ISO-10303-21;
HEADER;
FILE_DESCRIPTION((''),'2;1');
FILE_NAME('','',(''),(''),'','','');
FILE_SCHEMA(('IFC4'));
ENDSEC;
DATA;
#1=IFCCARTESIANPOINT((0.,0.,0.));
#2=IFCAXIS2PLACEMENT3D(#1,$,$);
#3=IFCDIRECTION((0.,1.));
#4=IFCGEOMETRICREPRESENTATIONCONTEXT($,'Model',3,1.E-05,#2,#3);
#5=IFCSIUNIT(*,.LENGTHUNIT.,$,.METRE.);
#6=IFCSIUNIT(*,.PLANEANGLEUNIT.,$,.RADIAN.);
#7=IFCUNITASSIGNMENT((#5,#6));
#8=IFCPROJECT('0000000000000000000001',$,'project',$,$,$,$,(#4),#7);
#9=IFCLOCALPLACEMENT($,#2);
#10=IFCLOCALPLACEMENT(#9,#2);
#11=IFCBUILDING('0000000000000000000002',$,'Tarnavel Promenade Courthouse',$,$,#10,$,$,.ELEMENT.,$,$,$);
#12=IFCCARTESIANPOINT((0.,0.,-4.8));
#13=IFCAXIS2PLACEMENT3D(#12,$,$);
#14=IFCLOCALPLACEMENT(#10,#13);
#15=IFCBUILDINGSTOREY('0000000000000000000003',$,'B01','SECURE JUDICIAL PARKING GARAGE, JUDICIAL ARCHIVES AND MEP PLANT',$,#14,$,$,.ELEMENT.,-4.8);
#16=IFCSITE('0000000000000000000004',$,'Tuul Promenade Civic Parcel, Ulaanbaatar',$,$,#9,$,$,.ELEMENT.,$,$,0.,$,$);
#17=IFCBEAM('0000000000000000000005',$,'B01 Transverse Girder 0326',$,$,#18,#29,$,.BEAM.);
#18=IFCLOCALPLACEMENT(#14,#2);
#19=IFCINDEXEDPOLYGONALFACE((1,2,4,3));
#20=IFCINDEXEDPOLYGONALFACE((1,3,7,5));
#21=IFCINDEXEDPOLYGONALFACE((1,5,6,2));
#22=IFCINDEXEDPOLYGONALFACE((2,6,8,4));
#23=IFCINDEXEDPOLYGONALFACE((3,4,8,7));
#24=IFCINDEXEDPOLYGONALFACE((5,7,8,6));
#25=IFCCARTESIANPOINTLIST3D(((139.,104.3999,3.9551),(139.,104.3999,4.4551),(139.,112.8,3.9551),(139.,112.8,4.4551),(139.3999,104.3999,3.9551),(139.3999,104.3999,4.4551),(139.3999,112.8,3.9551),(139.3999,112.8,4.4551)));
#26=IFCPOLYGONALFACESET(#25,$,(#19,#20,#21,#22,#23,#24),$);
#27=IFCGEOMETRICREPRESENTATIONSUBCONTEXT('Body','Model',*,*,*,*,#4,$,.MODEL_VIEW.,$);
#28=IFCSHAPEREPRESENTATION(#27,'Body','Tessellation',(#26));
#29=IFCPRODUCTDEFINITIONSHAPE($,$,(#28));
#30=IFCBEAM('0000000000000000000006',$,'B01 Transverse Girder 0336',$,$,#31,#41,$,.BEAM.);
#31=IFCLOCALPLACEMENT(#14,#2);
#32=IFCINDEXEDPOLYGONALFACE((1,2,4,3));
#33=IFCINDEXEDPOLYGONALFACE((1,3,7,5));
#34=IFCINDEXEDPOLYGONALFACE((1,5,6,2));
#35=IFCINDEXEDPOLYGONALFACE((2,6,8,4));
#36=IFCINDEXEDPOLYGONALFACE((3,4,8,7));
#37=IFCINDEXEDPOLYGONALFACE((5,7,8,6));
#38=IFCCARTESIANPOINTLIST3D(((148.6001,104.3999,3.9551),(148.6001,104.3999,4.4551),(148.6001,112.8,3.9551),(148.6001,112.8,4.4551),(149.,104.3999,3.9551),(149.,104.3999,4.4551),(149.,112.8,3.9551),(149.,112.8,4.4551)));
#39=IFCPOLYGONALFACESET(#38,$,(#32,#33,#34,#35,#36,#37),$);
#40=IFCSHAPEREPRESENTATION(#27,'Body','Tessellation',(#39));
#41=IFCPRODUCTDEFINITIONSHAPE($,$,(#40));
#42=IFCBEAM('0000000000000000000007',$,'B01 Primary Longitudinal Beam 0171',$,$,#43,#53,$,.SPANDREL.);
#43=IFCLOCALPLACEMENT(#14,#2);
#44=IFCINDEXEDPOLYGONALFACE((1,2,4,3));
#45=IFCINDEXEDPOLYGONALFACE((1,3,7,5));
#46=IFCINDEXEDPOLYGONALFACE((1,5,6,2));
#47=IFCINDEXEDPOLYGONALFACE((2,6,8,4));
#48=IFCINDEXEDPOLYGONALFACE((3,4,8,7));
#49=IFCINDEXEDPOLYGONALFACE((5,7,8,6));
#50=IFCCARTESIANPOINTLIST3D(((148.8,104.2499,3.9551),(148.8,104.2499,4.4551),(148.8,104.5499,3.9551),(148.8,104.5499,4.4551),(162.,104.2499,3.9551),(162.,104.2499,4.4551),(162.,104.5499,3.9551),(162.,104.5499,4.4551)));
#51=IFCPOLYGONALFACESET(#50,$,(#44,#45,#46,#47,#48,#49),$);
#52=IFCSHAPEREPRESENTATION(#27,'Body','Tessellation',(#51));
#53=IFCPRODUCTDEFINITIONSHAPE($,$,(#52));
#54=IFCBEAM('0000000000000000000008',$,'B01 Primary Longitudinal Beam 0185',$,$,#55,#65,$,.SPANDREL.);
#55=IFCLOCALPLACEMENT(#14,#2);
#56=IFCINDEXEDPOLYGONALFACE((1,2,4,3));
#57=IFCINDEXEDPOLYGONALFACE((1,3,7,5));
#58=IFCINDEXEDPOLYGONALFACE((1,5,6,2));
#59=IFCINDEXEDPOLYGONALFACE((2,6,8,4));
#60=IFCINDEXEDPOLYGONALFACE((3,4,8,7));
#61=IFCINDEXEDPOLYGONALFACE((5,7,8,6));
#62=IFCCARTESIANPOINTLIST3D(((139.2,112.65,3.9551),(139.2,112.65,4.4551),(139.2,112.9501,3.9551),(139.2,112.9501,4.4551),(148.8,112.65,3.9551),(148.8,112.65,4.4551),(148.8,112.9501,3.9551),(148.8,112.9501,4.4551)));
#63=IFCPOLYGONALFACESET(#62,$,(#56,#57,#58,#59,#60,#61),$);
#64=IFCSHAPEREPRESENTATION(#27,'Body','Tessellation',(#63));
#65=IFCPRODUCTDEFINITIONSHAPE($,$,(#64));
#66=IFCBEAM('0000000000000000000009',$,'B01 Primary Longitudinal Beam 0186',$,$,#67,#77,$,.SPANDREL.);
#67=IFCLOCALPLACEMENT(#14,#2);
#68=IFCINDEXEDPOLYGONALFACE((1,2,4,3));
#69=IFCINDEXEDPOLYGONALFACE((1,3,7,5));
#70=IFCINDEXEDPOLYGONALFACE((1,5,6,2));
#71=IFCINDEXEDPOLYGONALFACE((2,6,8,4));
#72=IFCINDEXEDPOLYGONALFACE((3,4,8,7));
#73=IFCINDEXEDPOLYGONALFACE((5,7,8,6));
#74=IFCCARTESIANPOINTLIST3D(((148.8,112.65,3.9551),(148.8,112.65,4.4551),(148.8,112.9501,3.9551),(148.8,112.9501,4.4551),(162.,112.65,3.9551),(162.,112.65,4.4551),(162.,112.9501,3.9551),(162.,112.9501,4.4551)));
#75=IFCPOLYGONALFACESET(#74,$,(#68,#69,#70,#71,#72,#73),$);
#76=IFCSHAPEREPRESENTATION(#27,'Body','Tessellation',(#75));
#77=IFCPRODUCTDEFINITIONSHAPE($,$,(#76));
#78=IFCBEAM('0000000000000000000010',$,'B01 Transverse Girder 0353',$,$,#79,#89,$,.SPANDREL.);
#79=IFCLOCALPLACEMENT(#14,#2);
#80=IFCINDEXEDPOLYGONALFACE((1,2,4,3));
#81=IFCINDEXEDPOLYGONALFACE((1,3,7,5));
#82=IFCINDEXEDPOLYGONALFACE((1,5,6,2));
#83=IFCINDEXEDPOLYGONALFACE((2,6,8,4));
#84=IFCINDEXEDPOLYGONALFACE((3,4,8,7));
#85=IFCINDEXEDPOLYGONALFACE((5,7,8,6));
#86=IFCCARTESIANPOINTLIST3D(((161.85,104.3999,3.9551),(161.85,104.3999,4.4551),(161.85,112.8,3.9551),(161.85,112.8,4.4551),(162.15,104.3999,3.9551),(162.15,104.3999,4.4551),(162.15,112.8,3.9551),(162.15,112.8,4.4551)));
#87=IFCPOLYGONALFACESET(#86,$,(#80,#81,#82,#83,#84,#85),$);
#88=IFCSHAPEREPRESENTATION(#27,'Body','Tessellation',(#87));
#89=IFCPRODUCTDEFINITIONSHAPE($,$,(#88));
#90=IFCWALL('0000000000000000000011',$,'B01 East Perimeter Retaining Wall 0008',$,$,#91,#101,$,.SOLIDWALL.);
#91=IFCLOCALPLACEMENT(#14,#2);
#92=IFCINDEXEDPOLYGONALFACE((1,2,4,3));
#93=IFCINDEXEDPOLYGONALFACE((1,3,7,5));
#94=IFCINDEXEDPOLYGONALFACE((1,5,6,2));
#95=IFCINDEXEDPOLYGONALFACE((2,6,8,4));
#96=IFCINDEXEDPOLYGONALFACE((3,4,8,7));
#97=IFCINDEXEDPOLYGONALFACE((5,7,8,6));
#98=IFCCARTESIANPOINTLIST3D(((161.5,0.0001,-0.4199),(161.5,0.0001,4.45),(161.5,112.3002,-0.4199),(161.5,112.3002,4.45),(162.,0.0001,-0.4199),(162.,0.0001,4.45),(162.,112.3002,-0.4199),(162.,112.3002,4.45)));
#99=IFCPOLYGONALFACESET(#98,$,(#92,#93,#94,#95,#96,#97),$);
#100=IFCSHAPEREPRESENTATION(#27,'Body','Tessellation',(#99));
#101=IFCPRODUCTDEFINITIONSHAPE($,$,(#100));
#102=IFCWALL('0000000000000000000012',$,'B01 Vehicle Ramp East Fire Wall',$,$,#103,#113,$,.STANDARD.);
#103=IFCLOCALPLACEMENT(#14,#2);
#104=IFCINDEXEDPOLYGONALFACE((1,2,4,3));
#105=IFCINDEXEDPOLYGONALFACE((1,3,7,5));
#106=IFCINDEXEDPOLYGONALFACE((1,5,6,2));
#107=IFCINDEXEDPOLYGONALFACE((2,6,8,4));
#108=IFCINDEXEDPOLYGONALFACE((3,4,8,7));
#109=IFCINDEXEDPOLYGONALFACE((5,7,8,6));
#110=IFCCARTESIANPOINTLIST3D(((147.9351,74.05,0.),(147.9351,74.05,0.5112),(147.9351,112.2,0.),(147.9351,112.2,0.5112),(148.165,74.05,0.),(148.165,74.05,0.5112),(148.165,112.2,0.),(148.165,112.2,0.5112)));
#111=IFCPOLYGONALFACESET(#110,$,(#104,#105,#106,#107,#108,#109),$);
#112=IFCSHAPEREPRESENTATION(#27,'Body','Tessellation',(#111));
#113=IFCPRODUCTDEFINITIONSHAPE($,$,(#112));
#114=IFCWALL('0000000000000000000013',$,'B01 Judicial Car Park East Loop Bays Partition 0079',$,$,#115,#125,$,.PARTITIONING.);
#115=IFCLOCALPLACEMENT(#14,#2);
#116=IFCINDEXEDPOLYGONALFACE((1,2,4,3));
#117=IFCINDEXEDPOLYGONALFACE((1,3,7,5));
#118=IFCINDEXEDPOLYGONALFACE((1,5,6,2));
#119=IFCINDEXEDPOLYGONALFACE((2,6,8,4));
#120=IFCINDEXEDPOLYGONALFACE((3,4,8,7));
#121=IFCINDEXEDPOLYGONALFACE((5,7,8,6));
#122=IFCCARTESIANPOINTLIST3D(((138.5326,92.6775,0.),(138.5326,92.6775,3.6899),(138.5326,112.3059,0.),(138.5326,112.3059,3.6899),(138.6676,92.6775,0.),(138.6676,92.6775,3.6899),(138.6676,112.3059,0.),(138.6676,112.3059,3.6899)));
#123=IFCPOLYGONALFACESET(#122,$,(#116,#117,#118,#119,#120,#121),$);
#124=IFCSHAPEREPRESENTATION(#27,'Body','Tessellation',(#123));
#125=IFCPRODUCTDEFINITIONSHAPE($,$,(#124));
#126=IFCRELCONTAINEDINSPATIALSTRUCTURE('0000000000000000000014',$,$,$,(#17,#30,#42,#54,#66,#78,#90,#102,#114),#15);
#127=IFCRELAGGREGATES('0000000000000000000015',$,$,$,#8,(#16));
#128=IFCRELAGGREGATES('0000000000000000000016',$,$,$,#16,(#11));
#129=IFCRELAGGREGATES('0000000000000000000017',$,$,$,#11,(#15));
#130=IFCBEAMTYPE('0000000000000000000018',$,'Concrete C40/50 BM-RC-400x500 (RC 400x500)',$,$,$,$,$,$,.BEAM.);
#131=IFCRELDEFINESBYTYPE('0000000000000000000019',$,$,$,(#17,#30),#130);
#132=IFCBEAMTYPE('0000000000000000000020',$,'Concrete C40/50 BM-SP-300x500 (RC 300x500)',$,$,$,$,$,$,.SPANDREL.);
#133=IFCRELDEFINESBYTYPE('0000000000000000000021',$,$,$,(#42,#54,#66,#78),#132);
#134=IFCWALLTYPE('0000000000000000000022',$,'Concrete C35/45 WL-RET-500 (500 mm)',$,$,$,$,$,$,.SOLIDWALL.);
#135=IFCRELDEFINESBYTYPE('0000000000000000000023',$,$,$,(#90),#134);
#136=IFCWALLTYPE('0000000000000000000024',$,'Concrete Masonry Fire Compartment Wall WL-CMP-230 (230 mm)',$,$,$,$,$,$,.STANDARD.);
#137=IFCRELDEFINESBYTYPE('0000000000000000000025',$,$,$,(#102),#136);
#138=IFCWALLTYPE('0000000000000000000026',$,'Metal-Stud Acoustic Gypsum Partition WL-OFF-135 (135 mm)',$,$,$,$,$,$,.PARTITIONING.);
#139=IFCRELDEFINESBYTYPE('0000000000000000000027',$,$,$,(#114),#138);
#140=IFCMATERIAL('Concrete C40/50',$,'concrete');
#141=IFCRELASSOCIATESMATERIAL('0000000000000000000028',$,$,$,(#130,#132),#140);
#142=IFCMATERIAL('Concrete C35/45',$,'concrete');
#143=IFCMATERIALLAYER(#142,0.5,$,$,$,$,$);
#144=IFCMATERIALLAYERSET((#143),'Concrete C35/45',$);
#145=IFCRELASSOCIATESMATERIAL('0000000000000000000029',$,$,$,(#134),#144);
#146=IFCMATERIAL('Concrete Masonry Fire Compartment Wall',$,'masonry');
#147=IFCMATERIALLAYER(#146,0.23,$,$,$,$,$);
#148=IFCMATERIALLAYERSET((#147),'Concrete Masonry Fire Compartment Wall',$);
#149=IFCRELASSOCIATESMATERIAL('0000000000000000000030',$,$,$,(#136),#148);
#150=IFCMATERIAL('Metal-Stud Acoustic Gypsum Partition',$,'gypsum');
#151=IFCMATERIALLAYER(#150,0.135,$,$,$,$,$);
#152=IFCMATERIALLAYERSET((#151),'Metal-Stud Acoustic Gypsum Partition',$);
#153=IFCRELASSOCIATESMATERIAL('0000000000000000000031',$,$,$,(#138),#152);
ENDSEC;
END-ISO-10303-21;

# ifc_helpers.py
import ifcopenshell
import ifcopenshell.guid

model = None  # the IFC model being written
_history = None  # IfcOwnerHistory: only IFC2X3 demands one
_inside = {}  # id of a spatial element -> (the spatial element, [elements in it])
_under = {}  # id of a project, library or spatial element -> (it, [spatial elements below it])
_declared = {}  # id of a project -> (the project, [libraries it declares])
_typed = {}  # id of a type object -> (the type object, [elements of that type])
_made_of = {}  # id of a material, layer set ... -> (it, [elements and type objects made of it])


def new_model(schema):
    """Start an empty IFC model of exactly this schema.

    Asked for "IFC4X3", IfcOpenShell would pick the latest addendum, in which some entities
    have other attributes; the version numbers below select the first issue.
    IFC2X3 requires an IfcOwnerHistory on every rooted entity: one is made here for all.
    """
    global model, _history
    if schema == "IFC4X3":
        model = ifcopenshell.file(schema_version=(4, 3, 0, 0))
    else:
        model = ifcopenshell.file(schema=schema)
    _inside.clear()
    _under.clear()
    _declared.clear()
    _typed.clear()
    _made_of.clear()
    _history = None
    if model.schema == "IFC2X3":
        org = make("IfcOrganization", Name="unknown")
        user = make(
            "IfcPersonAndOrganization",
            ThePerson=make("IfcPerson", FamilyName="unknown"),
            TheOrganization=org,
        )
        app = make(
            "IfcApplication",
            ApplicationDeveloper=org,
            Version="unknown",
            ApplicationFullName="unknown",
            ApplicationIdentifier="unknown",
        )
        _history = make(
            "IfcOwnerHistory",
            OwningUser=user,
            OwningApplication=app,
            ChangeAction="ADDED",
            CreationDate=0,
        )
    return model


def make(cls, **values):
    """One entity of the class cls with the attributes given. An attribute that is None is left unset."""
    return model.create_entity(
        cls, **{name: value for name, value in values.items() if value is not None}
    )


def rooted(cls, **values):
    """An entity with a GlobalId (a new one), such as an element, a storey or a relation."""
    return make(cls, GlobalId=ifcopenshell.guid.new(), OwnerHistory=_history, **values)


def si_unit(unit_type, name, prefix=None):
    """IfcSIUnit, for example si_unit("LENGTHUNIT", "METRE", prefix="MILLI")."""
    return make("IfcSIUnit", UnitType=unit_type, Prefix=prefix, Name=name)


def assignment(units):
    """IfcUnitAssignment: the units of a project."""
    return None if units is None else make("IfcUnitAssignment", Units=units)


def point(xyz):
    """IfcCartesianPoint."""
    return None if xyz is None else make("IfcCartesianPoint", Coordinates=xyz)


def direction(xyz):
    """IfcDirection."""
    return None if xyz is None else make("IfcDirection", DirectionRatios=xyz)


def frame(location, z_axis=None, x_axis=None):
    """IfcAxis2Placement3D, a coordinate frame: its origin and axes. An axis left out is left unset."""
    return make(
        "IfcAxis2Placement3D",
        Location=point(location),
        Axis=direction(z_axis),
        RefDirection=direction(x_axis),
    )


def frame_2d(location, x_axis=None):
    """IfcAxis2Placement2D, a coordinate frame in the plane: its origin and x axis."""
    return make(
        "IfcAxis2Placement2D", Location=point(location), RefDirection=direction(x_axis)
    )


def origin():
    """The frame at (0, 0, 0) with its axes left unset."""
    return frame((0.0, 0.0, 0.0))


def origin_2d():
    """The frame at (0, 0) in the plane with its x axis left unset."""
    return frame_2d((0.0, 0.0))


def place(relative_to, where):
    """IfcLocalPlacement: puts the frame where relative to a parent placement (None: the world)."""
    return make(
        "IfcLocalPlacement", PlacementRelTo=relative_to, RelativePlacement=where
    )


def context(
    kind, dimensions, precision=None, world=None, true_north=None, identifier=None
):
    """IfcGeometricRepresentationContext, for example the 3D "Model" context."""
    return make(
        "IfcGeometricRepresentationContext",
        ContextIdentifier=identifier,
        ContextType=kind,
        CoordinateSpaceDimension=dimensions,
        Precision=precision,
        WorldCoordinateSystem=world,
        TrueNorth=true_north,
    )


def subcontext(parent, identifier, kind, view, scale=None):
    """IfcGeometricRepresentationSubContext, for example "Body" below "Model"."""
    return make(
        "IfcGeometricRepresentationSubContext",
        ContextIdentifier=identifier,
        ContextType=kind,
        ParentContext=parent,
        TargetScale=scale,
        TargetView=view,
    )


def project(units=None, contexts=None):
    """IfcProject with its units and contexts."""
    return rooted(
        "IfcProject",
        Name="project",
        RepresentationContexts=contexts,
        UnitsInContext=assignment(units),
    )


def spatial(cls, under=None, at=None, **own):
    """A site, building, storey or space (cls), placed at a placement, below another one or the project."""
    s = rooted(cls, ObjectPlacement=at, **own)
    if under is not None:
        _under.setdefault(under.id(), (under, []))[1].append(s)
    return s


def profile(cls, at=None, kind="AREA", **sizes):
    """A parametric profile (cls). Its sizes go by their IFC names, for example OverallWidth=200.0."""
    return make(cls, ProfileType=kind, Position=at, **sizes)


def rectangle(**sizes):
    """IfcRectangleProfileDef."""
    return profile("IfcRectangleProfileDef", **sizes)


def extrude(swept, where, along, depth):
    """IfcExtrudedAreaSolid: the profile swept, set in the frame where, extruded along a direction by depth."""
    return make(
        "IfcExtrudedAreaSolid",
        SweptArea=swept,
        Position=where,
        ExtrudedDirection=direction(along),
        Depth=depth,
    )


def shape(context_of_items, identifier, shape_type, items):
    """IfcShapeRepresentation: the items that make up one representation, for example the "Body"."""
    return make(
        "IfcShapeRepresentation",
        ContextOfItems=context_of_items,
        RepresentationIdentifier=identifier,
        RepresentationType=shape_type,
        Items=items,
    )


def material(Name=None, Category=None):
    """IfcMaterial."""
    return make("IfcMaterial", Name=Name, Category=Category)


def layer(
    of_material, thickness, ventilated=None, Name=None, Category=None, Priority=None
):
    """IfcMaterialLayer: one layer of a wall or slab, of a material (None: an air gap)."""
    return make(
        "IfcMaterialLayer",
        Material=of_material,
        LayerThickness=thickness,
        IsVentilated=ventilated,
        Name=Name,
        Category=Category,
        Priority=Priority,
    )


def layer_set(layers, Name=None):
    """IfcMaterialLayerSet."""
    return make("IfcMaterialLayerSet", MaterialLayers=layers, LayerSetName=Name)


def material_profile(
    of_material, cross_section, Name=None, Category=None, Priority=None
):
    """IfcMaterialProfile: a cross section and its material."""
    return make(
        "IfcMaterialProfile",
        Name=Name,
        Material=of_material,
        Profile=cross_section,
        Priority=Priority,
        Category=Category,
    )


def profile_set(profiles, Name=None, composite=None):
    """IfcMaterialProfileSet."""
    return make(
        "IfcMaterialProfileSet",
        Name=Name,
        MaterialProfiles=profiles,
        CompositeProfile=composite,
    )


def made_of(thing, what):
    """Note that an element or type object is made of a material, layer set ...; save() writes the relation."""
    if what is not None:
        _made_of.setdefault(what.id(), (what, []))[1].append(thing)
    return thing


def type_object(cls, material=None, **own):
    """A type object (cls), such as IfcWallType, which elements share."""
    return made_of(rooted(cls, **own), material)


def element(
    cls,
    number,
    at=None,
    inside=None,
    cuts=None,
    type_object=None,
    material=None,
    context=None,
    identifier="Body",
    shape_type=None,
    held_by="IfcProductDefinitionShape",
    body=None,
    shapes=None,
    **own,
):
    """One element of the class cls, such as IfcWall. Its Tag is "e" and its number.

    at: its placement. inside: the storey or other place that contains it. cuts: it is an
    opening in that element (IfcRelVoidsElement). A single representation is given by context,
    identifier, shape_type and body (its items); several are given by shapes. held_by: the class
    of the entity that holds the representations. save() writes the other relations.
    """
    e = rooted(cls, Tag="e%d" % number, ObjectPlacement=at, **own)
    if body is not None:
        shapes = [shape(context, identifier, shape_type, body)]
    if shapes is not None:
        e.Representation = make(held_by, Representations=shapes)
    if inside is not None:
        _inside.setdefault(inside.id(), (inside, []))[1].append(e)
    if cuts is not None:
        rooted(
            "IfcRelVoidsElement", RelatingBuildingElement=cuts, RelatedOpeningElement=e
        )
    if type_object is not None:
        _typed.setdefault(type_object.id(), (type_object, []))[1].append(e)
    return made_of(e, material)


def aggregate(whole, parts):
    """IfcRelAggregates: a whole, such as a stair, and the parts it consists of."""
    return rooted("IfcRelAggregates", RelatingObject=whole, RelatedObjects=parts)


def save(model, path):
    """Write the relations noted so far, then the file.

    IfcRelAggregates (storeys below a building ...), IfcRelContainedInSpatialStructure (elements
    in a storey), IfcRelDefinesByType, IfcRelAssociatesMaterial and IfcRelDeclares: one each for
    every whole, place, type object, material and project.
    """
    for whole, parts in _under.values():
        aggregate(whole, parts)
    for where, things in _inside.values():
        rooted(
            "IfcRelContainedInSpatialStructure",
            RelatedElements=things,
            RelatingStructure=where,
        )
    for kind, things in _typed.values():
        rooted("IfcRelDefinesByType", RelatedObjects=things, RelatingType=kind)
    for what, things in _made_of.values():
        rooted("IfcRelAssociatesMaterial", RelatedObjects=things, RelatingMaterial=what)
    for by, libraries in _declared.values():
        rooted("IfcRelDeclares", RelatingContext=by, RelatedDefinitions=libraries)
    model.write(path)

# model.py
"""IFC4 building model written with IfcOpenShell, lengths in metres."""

from ifc_helpers import new_model, si_unit, direction, frame, frame_2d, origin, origin_2d, place, context, subcontext, project, spatial, rectangle, extrude, material, layer, layer_set, material_profile, profile_set, type_object, element, save


model = new_model("IFC4")

# Units and contexts
model_context = context("Model", 3, precision=1e-05, world=origin(), true_north=direction((0.0, 1.0)))
body_context = subcontext(model_context, "Body", "Model", "MODEL_VIEW")
ifc_project = project(units=[si_unit("LENGTHUNIT", "METRE"), si_unit("PLANEANGLEUNIT", "RADIAN")], contexts=[model_context])

# Site, building, storey
site_placement = place(None, origin())
site = spatial("IfcSite", under=ifc_project, at=site_placement, Name="Tuul Promenade Civic Parcel, Ulaanbaatar", CompositionType="ELEMENT", RefElevation=0.0)
building_placement = place(site_placement, origin())
building = spatial("IfcBuilding", under=site, at=building_placement, Name="Tarnavel Promenade Courthouse", CompositionType="ELEMENT")
storey_placement = place(building_placement, frame((0.0, 0.0, -4.8)))
storey = spatial("IfcBuildingStorey", under=building, at=storey_placement, Name="B01", Description="SECURE JUDICIAL PARKING GARAGE, JUDICIAL ARCHIVES AND MEP PLANT", CompositionType="ELEMENT", Elevation=-4.8)

# Shared definitions
ifc_material_1 = material(Name="Concrete C35/45", Category="concrete")

# Shared definitions
ifc_material_2 = material(Name="Concrete C40/50", Category="concrete")

# Beams
ifc_material_profile_1 = material_profile(ifc_material_2, rectangle(XDim=0.3999, YDim=0.5, at=origin_2d()), Name="RC 400x500")
ifc_profile_set_1 = profile_set([ifc_material_profile_1], Name="Concrete C40/50")
beam_type_1 = type_object("IfcBeamType", Name="Concrete C40/50 BM-RC-400x500 (RC 400x500)", PredefinedType="BEAM", material=ifc_profile_set_1)
for number, where, z_axis, x_axis, name in (
    (1, (139.2, 104.3999, 4.2051), (0.0, 1.0, 0.0), (-1.0, 0.0, 0.0), "B01 Transverse Girder 0326"),
    (2, (148.8, 104.3999, 4.2051), (0.0, 1.0, 0.0), (-1.0, 0.0, 0.0), "B01 Transverse Girder 0336"),
):
    element("IfcBeam", number, at=place(storey_placement, frame(where, z_axis=z_axis, x_axis=x_axis)), inside=storey, type_object=beam_type_1, Name=name, PredefinedType="BEAM", context=body_context, shape_type="SweptSolid", body=[
        extrude(rectangle(XDim=0.3999, YDim=0.5, at=origin_2d()), origin(), (0.0, 0.0, 1.0), 8.4001),
    ])
ifc_material_profile_2 = material_profile(ifc_material_2, rectangle(XDim=0.3, YDim=0.5, at=origin_2d()), Name="RC 300x500")
ifc_profile_set_2 = profile_set([ifc_material_profile_2], Name="Concrete C40/50")
beam_type_2 = type_object("IfcBeamType", Name="Concrete C40/50 BM-SP-300x500 (RC 300x500)", PredefinedType="SPANDREL", material=ifc_profile_set_2)
beam_1_placement = place(storey_placement, frame((148.8, 104.3999, 4.2051), z_axis=(1.0, 0.0, 0.0), x_axis=(0.0, 1.0, 0.0)))
element("IfcBeam", 3, at=beam_1_placement, inside=storey, type_object=beam_type_2, Name="B01 Primary Longitudinal Beam 0171", PredefinedType="SPANDREL", context=body_context, shape_type="SweptSolid", body=[
    extrude(rectangle(XDim=0.3, YDim=0.5, at=origin_2d()), origin(), (0.0, 0.0, 1.0), 13.2),
])
beam_2_placement = place(storey_placement, frame((139.2, 112.8, 4.2051), z_axis=(1.0, 0.0, 0.0), x_axis=(0.0, 1.0, 0.0)))
element("IfcBeam", 4, at=beam_2_placement, inside=storey, type_object=beam_type_2, Name="B01 Primary Longitudinal Beam 0185", PredefinedType="SPANDREL", context=body_context, shape_type="SweptSolid", body=[
    extrude(rectangle(XDim=0.3, YDim=0.5, at=origin_2d()), origin(), (0.0, 0.0, 1.0), 9.6001),
])
beam_3_placement = place(storey_placement, frame((148.8, 112.8, 4.2051), z_axis=(1.0, 0.0, 0.0), x_axis=(0.0, 1.0, 0.0)))
element("IfcBeam", 5, at=beam_3_placement, inside=storey, type_object=beam_type_2, Name="B01 Primary Longitudinal Beam 0186", PredefinedType="SPANDREL", context=body_context, shape_type="SweptSolid", body=[
    extrude(rectangle(XDim=0.3, YDim=0.5, at=origin_2d()), origin(), (0.0, 0.0, 1.0), 13.2),
])
beam_4_placement = place(storey_placement, frame((162.0, 104.3999, 4.2051), z_axis=(0.0, 1.0, 0.0), x_axis=(-1.0, 0.0, 0.0)))
element("IfcBeam", 6, at=beam_4_placement, inside=storey, type_object=beam_type_2, Name="B01 Transverse Girder 0353", PredefinedType="SPANDREL", context=body_context, shape_type="SweptSolid", body=[
    extrude(rectangle(XDim=0.3, YDim=0.5, at=origin_2d()), origin(), (0.0, 0.0, 1.0), 8.4001),
])

# Walls
ifc_layer_1 = layer(ifc_material_1, 0.5)
ifc_layer_set_1 = layer_set([ifc_layer_1], Name="Concrete C35/45")
wall_type_1 = type_object("IfcWallType", Name="Concrete C35/45 WL-RET-500 (500 mm)", PredefinedType="SOLIDWALL", material=ifc_layer_set_1)
wall_1_placement = place(storey_placement, frame((161.75, 112.3, -0.4199), z_axis=(0.0, 0.0, 1.0), x_axis=(0.0, -1.0, 0.0)))
element("IfcWall", 7, at=wall_1_placement, inside=storey, type_object=wall_type_1, Name="B01 East Perimeter Retaining Wall 0008", PredefinedType="SOLIDWALL", context=body_context, shape_type="SweptSolid", body=[
    extrude(rectangle(XDim=112.3, YDim=0.5, at=frame_2d((56.1499, 0.0))), origin(), (0.0, 0.0, 1.0), 4.8699),
])
ifc_material_3 = material(Name="Concrete Masonry Fire Compartment Wall", Category="masonry")
ifc_layer_2 = layer(ifc_material_3, 0.23)
ifc_layer_set_2 = layer_set([ifc_layer_2], Name="Concrete Masonry Fire Compartment Wall")
wall_type_2 = type_object("IfcWallType", Name="Concrete Masonry Fire Compartment Wall WL-CMP-230 (230 mm)", PredefinedType="STANDARD", material=ifc_layer_set_2)
wall_2_placement = place(storey_placement, frame((148.05, 112.2, 0.0), z_axis=(0.0, 0.0, 1.0), x_axis=(0.0, -1.0, 0.0)))
element("IfcWall", 8, at=wall_2_placement, inside=storey, type_object=wall_type_2, Name="B01 Vehicle Ramp East Fire Wall", PredefinedType="STANDARD", context=body_context, shape_type="SweptSolid", body=[
    extrude(rectangle(XDim=38.1499, YDim=0.23, at=frame_2d((19.075, 0.0))), origin(), (0.0, 0.0, 1.0), 0.5112),
])
ifc_material_4 = material(Name="Metal-Stud Acoustic Gypsum Partition", Category="gypsum")
ifc_layer_3 = layer(ifc_material_4, 0.135)
ifc_layer_set_3 = layer_set([ifc_layer_3], Name="Metal-Stud Acoustic Gypsum Partition")
wall_type_3 = type_object("IfcWallType", Name="Metal-Stud Acoustic Gypsum Partition WL-OFF-135 (135 mm)", PredefinedType="PARTITIONING", material=ifc_layer_set_3)
wall_3_placement = place(storey_placement, frame((138.6001, 112.3059, 0.0), z_axis=(0.0, 0.0, 1.0), x_axis=(0.0, -1.0, 0.0)))
element("IfcWall", 9, at=wall_3_placement, inside=storey, type_object=wall_type_3, Name="B01 Judicial Car Park East Loop Bays Partition 0079", PredefinedType="PARTITIONING", context=body_context, shape_type="SweptSolid", body=[
    extrude(rectangle(XDim=19.6284, YDim=0.135, at=frame_2d((9.8142, 0.0))), origin(), (0.0, 0.0, 1.0), 3.6899),
])

save(model, "model.ifc")
